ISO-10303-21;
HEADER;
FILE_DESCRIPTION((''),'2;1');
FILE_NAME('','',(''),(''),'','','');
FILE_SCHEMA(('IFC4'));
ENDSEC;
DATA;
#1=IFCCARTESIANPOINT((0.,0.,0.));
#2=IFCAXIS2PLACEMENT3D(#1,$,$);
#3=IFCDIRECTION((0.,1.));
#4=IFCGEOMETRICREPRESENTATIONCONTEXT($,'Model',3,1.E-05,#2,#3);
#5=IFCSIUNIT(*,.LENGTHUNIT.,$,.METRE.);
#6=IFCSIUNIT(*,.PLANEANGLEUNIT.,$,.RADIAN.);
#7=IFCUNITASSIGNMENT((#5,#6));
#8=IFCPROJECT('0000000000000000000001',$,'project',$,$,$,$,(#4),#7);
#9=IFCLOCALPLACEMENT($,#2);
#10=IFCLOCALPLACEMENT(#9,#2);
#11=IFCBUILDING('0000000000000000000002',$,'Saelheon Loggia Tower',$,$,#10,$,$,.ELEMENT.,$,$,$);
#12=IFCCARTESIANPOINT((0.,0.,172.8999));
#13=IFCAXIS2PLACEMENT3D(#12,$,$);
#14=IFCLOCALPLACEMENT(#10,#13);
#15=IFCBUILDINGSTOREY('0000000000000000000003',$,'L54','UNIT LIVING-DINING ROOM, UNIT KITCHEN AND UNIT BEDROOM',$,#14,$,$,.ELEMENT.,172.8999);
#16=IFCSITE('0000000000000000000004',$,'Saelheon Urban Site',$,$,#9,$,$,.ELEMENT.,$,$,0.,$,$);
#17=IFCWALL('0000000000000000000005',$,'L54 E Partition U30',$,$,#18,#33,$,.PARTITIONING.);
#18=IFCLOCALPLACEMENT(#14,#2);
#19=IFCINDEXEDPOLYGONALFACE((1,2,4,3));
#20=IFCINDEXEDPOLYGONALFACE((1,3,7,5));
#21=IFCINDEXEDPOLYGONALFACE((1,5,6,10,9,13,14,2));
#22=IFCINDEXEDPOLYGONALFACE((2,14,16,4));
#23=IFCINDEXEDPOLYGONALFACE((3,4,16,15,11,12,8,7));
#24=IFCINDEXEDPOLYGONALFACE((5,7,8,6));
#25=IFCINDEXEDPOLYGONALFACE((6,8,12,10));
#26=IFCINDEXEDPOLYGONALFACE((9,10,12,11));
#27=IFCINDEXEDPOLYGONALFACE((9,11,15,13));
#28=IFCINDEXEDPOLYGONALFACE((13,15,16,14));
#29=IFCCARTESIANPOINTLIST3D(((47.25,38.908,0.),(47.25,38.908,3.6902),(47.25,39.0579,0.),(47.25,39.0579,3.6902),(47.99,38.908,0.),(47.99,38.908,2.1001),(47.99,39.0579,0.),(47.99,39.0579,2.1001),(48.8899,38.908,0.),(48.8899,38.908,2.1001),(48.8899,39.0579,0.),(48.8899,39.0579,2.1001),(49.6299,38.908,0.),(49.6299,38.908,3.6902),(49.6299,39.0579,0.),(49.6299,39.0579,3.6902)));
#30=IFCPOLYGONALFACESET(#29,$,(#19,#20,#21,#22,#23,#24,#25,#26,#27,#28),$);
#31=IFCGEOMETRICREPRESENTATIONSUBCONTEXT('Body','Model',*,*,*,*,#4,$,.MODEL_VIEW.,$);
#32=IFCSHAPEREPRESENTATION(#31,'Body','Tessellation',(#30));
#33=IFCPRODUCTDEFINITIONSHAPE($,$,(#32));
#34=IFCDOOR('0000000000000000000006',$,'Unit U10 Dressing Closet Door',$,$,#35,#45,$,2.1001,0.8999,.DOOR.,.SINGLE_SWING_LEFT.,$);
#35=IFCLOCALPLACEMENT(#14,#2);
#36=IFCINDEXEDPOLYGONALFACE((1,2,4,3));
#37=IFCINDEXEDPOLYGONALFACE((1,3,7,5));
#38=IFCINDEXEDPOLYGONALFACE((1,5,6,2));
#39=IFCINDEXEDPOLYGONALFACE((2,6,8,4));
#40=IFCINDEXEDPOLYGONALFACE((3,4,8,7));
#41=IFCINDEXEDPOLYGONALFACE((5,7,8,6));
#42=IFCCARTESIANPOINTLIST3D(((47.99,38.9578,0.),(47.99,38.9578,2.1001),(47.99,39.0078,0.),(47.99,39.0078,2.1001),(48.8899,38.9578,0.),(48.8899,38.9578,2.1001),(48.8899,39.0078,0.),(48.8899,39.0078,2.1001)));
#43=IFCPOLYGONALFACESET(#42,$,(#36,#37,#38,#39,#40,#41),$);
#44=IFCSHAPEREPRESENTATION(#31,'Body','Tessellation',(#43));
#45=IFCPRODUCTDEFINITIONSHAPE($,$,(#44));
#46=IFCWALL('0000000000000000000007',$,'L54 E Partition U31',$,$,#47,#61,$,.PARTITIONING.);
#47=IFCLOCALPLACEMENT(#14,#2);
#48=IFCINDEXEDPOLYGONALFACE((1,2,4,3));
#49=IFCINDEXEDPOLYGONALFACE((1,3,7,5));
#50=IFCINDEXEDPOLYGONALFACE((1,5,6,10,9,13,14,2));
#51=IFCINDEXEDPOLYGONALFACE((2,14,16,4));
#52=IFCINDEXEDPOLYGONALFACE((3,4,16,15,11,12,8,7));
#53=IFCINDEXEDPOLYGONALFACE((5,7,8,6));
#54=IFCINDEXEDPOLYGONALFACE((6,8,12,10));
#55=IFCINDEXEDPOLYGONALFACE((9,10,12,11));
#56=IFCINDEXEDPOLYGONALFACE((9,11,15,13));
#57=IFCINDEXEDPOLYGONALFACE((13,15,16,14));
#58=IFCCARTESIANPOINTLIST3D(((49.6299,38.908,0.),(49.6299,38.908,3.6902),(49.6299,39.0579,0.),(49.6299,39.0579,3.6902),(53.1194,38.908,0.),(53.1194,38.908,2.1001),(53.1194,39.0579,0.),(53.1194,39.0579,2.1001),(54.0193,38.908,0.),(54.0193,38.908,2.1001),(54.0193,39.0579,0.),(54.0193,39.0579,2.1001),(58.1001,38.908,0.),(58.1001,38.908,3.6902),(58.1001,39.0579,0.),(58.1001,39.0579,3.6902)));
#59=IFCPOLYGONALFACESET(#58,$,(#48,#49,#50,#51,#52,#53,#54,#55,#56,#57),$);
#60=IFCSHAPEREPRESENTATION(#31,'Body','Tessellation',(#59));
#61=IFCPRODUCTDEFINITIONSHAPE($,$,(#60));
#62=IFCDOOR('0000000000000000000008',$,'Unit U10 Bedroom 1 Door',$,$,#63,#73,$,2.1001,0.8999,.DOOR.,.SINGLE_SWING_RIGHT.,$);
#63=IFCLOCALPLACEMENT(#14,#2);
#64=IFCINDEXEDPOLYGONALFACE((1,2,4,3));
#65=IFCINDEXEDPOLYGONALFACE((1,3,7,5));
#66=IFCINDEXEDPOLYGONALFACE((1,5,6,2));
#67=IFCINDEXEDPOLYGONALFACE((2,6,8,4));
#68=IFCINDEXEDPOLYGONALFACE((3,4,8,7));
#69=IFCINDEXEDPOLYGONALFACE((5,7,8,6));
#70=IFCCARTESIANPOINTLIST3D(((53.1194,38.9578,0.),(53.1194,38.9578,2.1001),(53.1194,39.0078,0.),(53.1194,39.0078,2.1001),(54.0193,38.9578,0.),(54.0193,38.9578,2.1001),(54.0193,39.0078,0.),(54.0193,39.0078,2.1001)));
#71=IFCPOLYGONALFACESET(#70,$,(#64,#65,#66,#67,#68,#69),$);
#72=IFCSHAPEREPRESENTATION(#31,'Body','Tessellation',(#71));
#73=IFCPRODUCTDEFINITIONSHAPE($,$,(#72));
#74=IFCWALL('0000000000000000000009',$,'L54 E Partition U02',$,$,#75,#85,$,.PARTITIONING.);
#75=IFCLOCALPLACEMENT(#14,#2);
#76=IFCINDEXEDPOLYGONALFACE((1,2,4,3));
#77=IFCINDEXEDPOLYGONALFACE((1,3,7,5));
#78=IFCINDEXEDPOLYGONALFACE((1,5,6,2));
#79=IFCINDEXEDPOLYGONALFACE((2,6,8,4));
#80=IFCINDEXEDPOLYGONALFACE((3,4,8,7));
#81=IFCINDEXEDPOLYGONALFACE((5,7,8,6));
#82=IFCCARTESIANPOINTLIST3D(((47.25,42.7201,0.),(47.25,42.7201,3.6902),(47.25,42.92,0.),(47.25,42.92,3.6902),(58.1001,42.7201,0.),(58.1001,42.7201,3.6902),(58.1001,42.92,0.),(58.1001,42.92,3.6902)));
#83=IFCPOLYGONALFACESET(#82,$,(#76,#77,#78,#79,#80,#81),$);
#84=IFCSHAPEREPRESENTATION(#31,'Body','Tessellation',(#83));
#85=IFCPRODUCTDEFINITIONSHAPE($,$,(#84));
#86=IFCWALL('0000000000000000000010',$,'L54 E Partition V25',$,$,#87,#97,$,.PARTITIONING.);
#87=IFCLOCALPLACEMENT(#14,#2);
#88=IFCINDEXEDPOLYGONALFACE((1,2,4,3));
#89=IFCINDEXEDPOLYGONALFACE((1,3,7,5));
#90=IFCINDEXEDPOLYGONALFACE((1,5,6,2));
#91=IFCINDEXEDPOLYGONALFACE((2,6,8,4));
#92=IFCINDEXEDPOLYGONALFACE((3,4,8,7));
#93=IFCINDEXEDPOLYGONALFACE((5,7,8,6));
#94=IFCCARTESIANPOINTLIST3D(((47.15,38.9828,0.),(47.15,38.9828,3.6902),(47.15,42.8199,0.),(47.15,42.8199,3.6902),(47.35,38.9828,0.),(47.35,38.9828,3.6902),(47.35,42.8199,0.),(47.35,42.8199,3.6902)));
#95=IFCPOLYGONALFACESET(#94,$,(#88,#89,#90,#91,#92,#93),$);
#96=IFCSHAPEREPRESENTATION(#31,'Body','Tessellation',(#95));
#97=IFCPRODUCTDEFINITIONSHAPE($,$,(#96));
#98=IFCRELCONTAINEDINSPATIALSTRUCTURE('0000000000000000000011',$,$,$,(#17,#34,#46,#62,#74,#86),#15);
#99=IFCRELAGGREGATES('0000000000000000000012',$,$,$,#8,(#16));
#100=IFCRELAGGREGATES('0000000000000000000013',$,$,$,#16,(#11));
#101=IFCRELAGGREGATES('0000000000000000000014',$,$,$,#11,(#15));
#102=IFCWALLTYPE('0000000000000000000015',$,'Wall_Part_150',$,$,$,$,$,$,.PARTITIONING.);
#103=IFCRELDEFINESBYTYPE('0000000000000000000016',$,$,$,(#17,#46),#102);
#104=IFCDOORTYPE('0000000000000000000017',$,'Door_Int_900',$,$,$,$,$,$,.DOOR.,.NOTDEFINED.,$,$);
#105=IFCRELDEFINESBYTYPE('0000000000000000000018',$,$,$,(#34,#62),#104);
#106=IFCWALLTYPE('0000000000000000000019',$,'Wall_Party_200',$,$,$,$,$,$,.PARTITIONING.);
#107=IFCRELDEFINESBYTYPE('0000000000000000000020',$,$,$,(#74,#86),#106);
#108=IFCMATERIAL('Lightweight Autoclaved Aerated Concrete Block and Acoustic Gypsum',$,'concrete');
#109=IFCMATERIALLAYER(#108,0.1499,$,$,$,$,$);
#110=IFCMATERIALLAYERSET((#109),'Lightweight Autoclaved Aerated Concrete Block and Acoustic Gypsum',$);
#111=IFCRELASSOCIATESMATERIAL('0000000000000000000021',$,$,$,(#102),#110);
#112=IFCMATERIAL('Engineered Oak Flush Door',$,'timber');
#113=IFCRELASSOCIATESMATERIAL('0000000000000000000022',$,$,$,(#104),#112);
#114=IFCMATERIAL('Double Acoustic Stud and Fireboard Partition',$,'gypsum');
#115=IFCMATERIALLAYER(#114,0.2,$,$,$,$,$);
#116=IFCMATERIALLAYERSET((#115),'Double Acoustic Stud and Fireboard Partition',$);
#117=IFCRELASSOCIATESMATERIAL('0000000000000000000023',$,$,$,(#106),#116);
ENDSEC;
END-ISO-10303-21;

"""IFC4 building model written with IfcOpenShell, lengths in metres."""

from ifc_helpers import new_model, si_unit, direction, frame, frame_2d, origin, place, context, subcontext, project, spatial, rectangle, extrude, source, transform, mapped, material, layer, layer_set, type_object, element, fill, save


model = new_model("IFC4")

# Units and contexts
model_context = context("Model", 3, precision=1e-05, world=origin(), true_north=direction((0.0, 1.0)))
body_context = subcontext(model_context, "Body", "Model", "MODEL_VIEW")
ifc_project = project(units=[si_unit("LENGTHUNIT", "METRE"), si_unit("PLANEANGLEUNIT", "RADIAN")], contexts=[model_context])

# Site, building, storey
site_placement = place(None, origin())
site = spatial("IfcSite", under=ifc_project, at=site_placement, Name="Saelheon Urban Site", CompositionType="ELEMENT", RefElevation=0.0)
building_placement = place(site_placement, origin())
building = spatial("IfcBuilding", under=site, at=building_placement, Name="Saelheon Loggia Tower", CompositionType="ELEMENT")
storey_placement = place(building_placement, frame((0.0, 0.0, 172.8999)))
storey = spatial("IfcBuildingStorey", under=building, at=storey_placement, Name="L54", Description="UNIT LIVING-DINING ROOM, UNIT KITCHEN AND UNIT BEDROOM", CompositionType="ELEMENT", Elevation=172.8999)

# Shared definitions
ifc_material_1 = material(Name="Lightweight Autoclaved Aerated Concrete Block and Acoustic Gypsum", Category="concrete")
ifc_layer_1 = layer(ifc_material_1, 0.1499)
ifc_layer_set_1 = layer_set([ifc_layer_1], Name="Lightweight Autoclaved Aerated Concrete Block and Acoustic Gypsum")
wall_type_1 = type_object("IfcWallType", Name="Wall_Part_150", PredefinedType="PARTITIONING", material=ifc_layer_set_1)
ifc_material_2 = material(Name="Engineered Oak Flush Door", Category="timber")
door_type = type_object("IfcDoorType", Name="Door_Int_900", OperationType="NOTDEFINED", PredefinedType="DOOR", material=ifc_material_2)
shared_shape_1 = source(origin(), body_context, "Body", "SweptSolid", [
    extrude(rectangle(XDim=0.8999, YDim=2.1001, at=frame_2d((0.45, 1.05))), frame((0.0, 0.0249, 0.0), z_axis=(0.0, -1.0, 0.0), x_axis=(1.0, 0.0, 0.0)), (0.0, 0.0, 1.0), 0.05),
])

# Walls, openings, doors
wall_1_placement = place(storey_placement, frame((47.25, 38.9829, 0.0), z_axis=(0.0, 0.0, 1.0), x_axis=(1.0, 0.0, 0.0)))
wall_1 = element("IfcWall", 1, at=wall_1_placement, inside=storey, type_object=wall_type_1, Name="L54 E Partition U30", PredefinedType="PARTITIONING", context=body_context, shape_type="SweptSolid", body=[
    extrude(rectangle(XDim=2.3799, YDim=0.1499, at=frame_2d((1.1899, 0.0))), origin(), (0.0, 0.0, 1.0), 3.6902),
])
opening_1_placement = place(wall_1_placement, frame((0.74, 0.0, 0.0)))
opening_1 = element("IfcOpeningElement", 2, at=opening_1_placement, cuts=wall_1, PredefinedType="OPENING", context=body_context, shape_type="SweptSolid", body=[
    extrude(rectangle(XDim=0.8999, YDim=2.1001, at=frame_2d((0.45, 1.05))), frame((0.0, 0.0869, 0.0), z_axis=(0.0, -1.0, 0.0), x_axis=(1.0, 0.0, 0.0)), (0.0, 0.0, 1.0), 0.1738),
])
door_1_placement = place(opening_1_placement, origin())
door_1 = element("IfcDoor", 3, at=door_1_placement, inside=storey, type_object=door_type, Name="Unit U10 Dressing Closet Door", OperationType="SINGLE_SWING_LEFT", OverallHeight=2.1001, OverallWidth=0.8999, PredefinedType="DOOR", context=body_context, shape_type="MappedRepresentation", body=[
    mapped(shared_shape_1, transform((0.0, 0.0, 0.0), scale=1.0)),
])
fill(opening_1, door_1)
wall_2_placement = place(storey_placement, frame((49.6299, 38.9829, 0.0), z_axis=(0.0, 0.0, 1.0), x_axis=(1.0, 0.0, 0.0)))
wall_2 = element("IfcWall", 4, at=wall_2_placement, inside=storey, type_object=wall_type_1, Name="L54 E Partition U31", PredefinedType="PARTITIONING", context=body_context, shape_type="SweptSolid", body=[
    extrude(rectangle(XDim=8.4702, YDim=0.1499, at=frame_2d((4.2351, 0.0))), origin(), (0.0, 0.0, 1.0), 3.6902),
])
opening_2_placement = place(wall_2_placement, frame((3.4895, 0.0, 0.0)))
opening_2 = element("IfcOpeningElement", 5, at=opening_2_placement, cuts=wall_2, PredefinedType="OPENING", context=body_context, shape_type="SweptSolid", body=[
    extrude(rectangle(XDim=0.8999, YDim=2.1001, at=frame_2d((0.45, 1.05))), frame((0.0, 0.0869, 0.0), z_axis=(0.0, -1.0, 0.0), x_axis=(1.0, 0.0, 0.0)), (0.0, 0.0, 1.0), 0.1738),
])
door_2_placement = place(opening_2_placement, origin())
door_2 = element("IfcDoor", 6, at=door_2_placement, inside=storey, type_object=door_type, Name="Unit U10 Bedroom 1 Door", OperationType="SINGLE_SWING_RIGHT", OverallHeight=2.1001, OverallWidth=0.8999, PredefinedType="DOOR", context=body_context, shape_type="MappedRepresentation", body=[
    mapped(shared_shape_1, transform((0.0, 0.0, 0.0), scale=1.0)),
])
fill(opening_2, door_2)

# Walls
ifc_material_3 = material(Name="Double Acoustic Stud and Fireboard Partition", Category="gypsum")
ifc_layer_2 = layer(ifc_material_3, 0.2)
ifc_layer_set_2 = layer_set([ifc_layer_2], Name="Double Acoustic Stud and Fireboard Partition")
wall_type_2 = type_object("IfcWallType", Name="Wall_Party_200", PredefinedType="PARTITIONING", material=ifc_layer_set_2)
wall_3_placement = place(storey_placement, frame((47.25, 42.8201, 0.0), z_axis=(0.0, 0.0, 1.0), x_axis=(1.0, 0.0, 0.0)))
element("IfcWall", 7, at=wall_3_placement, inside=storey, type_object=wall_type_2, Name="L54 E Partition U02", PredefinedType="PARTITIONING", context=body_context, shape_type="SweptSolid", body=[
    extrude(rectangle(XDim=10.8501, YDim=0.2, at=frame_2d((5.425, 0.0))), origin(), (0.0, 0.0, 1.0), 3.6902),
])
wall_4_placement = place(storey_placement, frame((47.25, 38.9829, 0.0), z_axis=(0.0, 0.0, 1.0), x_axis=(0.0, 1.0, 0.0)))
element("IfcWall", 8, at=wall_4_placement, inside=storey, type_object=wall_type_2, Name="L54 E Partition V25", PredefinedType="PARTITIONING", context=body_context, shape_type="SweptSolid", body=[
    extrude(rectangle(XDim=3.8372, YDim=0.2, at=frame_2d((1.9185, 0.0))), origin(), (0.0, 0.0, 1.0), 3.6902),
])

save(model, "model.ifc")
